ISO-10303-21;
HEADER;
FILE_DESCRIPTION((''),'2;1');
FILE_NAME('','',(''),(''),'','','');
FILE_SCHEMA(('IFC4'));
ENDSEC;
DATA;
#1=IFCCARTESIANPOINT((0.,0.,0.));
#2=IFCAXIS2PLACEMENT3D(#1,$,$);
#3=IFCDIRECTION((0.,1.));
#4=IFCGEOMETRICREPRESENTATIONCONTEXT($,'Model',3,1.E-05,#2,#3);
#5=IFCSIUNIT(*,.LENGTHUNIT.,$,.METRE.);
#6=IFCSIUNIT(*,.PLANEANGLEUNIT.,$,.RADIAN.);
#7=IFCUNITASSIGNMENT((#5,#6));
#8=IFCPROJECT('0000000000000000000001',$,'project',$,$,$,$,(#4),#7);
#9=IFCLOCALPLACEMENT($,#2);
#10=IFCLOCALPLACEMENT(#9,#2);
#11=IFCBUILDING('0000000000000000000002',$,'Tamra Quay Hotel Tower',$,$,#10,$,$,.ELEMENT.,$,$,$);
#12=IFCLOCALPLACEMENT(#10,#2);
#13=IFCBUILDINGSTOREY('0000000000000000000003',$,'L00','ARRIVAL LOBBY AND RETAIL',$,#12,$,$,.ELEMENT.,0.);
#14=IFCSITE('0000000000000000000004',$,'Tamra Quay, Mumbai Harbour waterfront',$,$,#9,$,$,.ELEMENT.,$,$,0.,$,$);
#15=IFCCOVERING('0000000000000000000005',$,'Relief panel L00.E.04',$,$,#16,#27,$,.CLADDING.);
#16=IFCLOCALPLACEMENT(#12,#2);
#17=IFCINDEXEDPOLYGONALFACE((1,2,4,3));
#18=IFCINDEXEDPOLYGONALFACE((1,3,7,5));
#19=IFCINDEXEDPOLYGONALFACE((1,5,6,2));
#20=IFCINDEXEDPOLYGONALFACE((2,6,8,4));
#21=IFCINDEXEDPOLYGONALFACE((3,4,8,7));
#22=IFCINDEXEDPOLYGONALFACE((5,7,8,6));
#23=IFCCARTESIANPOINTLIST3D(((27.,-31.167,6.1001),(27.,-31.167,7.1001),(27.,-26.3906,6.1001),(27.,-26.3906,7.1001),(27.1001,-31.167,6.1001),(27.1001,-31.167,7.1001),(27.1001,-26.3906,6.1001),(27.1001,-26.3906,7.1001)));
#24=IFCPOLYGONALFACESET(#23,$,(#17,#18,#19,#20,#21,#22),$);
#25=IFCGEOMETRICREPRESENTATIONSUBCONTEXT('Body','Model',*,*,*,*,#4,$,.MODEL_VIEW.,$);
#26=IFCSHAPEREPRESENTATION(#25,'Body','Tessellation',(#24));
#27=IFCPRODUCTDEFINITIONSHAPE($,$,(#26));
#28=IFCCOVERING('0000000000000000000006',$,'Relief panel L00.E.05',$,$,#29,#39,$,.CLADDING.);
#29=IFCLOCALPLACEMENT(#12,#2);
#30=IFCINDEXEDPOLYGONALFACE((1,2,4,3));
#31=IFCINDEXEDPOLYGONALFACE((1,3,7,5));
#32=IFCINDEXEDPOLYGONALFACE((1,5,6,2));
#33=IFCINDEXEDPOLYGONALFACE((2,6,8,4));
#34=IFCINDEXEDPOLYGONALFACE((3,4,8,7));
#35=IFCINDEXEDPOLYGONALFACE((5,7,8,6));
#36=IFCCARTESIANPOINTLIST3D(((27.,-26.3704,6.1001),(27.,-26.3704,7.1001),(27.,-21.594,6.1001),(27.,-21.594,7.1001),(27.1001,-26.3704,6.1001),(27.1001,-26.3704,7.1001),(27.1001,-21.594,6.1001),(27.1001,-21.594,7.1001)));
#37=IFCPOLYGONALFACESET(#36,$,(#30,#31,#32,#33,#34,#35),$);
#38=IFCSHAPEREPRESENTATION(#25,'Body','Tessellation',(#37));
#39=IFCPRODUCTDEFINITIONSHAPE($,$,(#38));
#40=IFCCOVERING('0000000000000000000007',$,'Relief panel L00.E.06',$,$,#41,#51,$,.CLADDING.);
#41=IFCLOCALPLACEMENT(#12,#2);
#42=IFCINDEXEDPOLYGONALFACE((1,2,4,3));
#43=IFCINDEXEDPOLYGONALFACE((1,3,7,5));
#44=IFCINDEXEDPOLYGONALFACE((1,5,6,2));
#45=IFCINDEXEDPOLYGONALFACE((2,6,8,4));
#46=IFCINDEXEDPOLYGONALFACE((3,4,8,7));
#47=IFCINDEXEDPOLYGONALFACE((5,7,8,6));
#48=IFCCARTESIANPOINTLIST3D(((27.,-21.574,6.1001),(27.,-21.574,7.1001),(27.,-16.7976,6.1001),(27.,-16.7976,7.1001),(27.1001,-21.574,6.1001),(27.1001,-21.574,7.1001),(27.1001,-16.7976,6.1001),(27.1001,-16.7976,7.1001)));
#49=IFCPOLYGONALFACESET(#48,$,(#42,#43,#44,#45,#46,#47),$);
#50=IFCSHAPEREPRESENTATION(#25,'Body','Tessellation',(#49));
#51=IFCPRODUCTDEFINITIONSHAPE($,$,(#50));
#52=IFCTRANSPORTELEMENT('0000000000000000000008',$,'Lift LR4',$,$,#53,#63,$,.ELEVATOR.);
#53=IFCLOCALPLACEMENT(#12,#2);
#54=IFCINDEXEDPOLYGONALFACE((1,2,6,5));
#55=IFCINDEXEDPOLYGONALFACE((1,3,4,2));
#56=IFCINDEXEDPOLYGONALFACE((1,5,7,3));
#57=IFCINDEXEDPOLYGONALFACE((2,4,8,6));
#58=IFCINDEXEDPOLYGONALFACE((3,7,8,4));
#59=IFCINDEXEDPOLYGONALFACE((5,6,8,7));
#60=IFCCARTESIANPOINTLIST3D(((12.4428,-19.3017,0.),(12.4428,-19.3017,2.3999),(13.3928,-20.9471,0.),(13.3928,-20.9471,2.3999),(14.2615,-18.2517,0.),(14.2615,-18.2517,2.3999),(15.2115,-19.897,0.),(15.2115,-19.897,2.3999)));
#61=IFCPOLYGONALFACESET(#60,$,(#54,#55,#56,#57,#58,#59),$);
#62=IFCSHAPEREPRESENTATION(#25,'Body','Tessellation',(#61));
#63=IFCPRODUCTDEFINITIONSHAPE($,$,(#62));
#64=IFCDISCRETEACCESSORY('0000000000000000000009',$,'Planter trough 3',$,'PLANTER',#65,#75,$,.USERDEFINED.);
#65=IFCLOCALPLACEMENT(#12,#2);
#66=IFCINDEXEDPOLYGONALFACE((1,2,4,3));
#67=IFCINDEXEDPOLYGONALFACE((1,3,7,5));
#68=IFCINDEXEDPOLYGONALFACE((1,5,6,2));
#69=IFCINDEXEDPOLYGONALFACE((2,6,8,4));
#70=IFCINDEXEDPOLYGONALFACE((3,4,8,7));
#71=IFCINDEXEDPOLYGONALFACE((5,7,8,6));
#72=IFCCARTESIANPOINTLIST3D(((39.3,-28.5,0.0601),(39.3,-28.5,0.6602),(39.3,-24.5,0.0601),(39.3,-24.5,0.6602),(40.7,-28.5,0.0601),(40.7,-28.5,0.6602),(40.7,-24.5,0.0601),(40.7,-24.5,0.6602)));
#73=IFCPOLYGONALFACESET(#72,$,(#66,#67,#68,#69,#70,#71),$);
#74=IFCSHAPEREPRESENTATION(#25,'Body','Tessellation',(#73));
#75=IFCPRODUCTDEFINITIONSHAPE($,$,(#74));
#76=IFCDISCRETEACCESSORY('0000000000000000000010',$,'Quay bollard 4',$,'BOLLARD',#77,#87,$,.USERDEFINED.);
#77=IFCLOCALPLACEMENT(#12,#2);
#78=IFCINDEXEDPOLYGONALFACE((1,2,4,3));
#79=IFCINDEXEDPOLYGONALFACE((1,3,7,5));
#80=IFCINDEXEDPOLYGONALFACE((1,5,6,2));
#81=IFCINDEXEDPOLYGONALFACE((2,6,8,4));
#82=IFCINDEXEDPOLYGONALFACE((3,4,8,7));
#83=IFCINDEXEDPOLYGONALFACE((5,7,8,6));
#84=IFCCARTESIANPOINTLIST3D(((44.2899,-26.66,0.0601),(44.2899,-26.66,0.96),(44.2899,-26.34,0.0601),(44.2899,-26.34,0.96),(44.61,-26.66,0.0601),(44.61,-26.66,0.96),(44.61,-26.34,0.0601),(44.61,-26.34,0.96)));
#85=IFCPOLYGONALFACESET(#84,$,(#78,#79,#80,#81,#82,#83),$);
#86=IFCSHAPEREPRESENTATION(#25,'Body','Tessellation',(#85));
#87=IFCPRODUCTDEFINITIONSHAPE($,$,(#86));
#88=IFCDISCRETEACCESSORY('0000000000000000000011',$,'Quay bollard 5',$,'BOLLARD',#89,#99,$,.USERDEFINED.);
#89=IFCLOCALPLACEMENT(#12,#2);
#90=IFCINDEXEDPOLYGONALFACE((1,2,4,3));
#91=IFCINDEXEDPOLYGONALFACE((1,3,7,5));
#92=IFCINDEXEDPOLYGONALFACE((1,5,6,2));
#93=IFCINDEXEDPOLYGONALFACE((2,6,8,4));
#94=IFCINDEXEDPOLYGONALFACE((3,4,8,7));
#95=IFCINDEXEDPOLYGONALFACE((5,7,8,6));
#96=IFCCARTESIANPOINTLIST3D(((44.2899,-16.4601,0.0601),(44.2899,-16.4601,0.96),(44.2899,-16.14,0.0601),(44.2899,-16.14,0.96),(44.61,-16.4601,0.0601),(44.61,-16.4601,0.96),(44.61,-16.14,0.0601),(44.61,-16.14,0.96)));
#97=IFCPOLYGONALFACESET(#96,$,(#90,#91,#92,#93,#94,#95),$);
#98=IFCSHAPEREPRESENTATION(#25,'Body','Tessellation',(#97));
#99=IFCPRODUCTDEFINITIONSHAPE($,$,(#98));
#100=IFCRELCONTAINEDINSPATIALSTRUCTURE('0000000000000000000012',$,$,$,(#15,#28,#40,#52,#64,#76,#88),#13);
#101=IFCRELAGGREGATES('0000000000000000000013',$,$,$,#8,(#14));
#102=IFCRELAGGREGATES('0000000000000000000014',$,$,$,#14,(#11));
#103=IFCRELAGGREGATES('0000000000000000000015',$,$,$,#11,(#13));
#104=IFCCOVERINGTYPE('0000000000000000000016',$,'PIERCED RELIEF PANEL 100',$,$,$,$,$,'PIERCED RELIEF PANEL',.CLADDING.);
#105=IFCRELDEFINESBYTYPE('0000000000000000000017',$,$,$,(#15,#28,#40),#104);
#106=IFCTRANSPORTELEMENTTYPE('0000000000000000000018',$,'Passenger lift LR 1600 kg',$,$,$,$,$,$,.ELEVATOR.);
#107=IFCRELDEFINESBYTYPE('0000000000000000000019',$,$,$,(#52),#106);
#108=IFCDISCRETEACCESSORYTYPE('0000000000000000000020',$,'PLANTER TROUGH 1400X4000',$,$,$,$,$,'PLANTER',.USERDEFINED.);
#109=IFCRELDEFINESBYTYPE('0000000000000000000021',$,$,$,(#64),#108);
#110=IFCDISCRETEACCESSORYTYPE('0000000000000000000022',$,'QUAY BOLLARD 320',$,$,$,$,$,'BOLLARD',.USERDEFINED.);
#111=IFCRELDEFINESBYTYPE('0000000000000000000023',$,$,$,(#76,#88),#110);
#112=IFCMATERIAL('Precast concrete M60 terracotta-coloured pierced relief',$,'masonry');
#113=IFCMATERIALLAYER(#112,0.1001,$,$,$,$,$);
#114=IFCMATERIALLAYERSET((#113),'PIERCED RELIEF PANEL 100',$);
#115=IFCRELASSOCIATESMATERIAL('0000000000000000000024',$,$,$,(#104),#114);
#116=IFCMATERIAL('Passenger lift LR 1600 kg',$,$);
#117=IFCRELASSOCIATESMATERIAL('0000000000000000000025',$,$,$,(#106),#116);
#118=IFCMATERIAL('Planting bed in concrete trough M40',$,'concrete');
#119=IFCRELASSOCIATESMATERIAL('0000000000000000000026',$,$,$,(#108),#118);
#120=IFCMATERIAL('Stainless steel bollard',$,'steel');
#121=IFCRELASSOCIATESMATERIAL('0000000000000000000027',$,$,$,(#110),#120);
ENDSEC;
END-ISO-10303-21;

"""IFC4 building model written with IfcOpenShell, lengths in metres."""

from ifc_helpers import new_model, si_unit, direction, frame, origin, origin_2d, place, context, subcontext, project, spatial, rectangle, extrude, material, layer, layer_set, type_object, element, save


model = new_model("IFC4")

# Units and contexts
model_context = context("Model", 3, precision=1e-05, world=origin(), true_north=direction((0.0, 1.0)))
body_context = subcontext(model_context, "Body", "Model", "MODEL_VIEW")
ifc_project = project(units=[si_unit("LENGTHUNIT", "METRE"), si_unit("PLANEANGLEUNIT", "RADIAN")], contexts=[model_context])

# Site, building, storey
site_placement = place(None, origin())
site = spatial("IfcSite", under=ifc_project, at=site_placement, Name="Tamra Quay, Mumbai Harbour waterfront", CompositionType="ELEMENT", RefElevation=0.0)
building_placement = place(site_placement, origin())
building = spatial("IfcBuilding", under=site, at=building_placement, Name="Tamra Quay Hotel Tower", CompositionType="ELEMENT")
storey_placement = place(building_placement, origin())
storey = spatial("IfcBuildingStorey", under=building, at=storey_placement, Name="L00", Description="ARRIVAL LOBBY AND RETAIL", CompositionType="ELEMENT", Elevation=0.0)

# Coverings
ifc_material_1 = material(Name="Precast concrete M60 terracotta-coloured pierced relief", Category="masonry")
ifc_layer_1 = layer(ifc_material_1, 0.1001)
ifc_layer_set_1 = layer_set([ifc_layer_1], Name="PIERCED RELIEF PANEL 100")
covering_type = type_object("IfcCoveringType", Name="PIERCED RELIEF PANEL 100", ElementType="PIERCED RELIEF PANEL", PredefinedType="CLADDING", material=ifc_layer_set_1)
for number, where, z_axis, x_axis, name in (
    (1, (27.05, -28.7788, 6.1001), (0.0, 0.0, 1.0), (0.0, 1.0, 0.0), "Relief panel L00.E.04"),
    (2, (27.05, -23.9822, 6.1001), (0.0, 0.0, 1.0), (0.0, 1.0, 0.0), "Relief panel L00.E.05"),
    (3, (27.05, -19.1858, 6.1001), (0.0, 0.0, 1.0), (0.0, 1.0, 0.0), "Relief panel L00.E.06"),
):
    element("IfcCovering", number, at=place(storey_placement, frame(where, z_axis=z_axis, x_axis=x_axis)), inside=storey, type_object=covering_type, Name=name, PredefinedType="CLADDING", context=body_context, shape_type="SweptSolid", body=[
        extrude(rectangle(XDim=4.7764, YDim=0.1001, at=origin_2d()), origin(), (0.0, 0.0, 1.0), 1.0),
    ])

# Transport element
ifc_material_2 = material(Name="Passenger lift LR 1600 kg")
transport_element_type = type_object("IfcTransportElementType", Name="Passenger lift LR 1600 kg", PredefinedType="ELEVATOR", material=ifc_material_2)
transport_element_placement = place(storey_placement, frame((13.8271, -19.5994, 0.0), z_axis=(0.0, 0.0, 1.0), x_axis=(-0.866025, -0.5, 0.0)))
element("IfcTransportElement", 4, at=transport_element_placement, inside=storey, type_object=transport_element_type, Name="Lift LR4", PredefinedType="ELEVATOR", context=body_context, shape_type="SweptSolid", body=[
    extrude(rectangle(XDim=2.1001, YDim=1.8999, at=origin_2d()), origin(), (0.0, 0.0, 1.0), 2.3999),
])

# Discrete accessories
ifc_material_3 = material(Name="Planting bed in concrete trough M40", Category="concrete")
discrete_accessory_type_1 = type_object("IfcDiscreteAccessoryType", Name="PLANTER TROUGH 1400X4000", ElementType="PLANTER", PredefinedType="USERDEFINED", material=ifc_material_3)
discrete_accessory_placement = place(storey_placement, frame((40.0, -26.5, 0.0601), z_axis=(0.0, 0.0, 1.0), x_axis=(1.0, 0.0, 0.0)))
element("IfcDiscreteAccessory", 5, at=discrete_accessory_placement, inside=storey, type_object=discrete_accessory_type_1, Name="Planter trough 3", ObjectType="PLANTER", PredefinedType="USERDEFINED", context=body_context, shape_type="SweptSolid", body=[
    extrude(rectangle(XDim=1.3999, YDim=4.0, at=origin_2d()), origin(), (0.0, 0.0, 1.0), 0.6001),
])
ifc_material_4 = material(Name="Stainless steel bollard", Category="steel")
discrete_accessory_type_2 = type_object("IfcDiscreteAccessoryType", Name="QUAY BOLLARD 320", ElementType="BOLLARD", PredefinedType="USERDEFINED", material=ifc_material_4)
for number, where, z_axis, x_axis, name in (
    (6, (44.45, -26.5, 0.0601), (0.0, 0.0, 1.0), (1.0, 0.0, 0.0), "Quay bollard 4"),
    (7, (44.45, -16.3, 0.0601), (0.0, 0.0, 1.0), (1.0, 0.0, 0.0), "Quay bollard 5"),
):
    element("IfcDiscreteAccessory", number, at=place(storey_placement, frame(where, z_axis=z_axis, x_axis=x_axis)), inside=storey, type_object=discrete_accessory_type_2, Name=name, ObjectType="BOLLARD", PredefinedType="USERDEFINED", context=body_context, shape_type="SweptSolid", body=[
        extrude(rectangle(XDim=0.3201, YDim=0.3201, at=origin_2d()), origin(), (0.0, 0.0, 1.0), 0.8999),
    ])

save(model, "model.ifc")
